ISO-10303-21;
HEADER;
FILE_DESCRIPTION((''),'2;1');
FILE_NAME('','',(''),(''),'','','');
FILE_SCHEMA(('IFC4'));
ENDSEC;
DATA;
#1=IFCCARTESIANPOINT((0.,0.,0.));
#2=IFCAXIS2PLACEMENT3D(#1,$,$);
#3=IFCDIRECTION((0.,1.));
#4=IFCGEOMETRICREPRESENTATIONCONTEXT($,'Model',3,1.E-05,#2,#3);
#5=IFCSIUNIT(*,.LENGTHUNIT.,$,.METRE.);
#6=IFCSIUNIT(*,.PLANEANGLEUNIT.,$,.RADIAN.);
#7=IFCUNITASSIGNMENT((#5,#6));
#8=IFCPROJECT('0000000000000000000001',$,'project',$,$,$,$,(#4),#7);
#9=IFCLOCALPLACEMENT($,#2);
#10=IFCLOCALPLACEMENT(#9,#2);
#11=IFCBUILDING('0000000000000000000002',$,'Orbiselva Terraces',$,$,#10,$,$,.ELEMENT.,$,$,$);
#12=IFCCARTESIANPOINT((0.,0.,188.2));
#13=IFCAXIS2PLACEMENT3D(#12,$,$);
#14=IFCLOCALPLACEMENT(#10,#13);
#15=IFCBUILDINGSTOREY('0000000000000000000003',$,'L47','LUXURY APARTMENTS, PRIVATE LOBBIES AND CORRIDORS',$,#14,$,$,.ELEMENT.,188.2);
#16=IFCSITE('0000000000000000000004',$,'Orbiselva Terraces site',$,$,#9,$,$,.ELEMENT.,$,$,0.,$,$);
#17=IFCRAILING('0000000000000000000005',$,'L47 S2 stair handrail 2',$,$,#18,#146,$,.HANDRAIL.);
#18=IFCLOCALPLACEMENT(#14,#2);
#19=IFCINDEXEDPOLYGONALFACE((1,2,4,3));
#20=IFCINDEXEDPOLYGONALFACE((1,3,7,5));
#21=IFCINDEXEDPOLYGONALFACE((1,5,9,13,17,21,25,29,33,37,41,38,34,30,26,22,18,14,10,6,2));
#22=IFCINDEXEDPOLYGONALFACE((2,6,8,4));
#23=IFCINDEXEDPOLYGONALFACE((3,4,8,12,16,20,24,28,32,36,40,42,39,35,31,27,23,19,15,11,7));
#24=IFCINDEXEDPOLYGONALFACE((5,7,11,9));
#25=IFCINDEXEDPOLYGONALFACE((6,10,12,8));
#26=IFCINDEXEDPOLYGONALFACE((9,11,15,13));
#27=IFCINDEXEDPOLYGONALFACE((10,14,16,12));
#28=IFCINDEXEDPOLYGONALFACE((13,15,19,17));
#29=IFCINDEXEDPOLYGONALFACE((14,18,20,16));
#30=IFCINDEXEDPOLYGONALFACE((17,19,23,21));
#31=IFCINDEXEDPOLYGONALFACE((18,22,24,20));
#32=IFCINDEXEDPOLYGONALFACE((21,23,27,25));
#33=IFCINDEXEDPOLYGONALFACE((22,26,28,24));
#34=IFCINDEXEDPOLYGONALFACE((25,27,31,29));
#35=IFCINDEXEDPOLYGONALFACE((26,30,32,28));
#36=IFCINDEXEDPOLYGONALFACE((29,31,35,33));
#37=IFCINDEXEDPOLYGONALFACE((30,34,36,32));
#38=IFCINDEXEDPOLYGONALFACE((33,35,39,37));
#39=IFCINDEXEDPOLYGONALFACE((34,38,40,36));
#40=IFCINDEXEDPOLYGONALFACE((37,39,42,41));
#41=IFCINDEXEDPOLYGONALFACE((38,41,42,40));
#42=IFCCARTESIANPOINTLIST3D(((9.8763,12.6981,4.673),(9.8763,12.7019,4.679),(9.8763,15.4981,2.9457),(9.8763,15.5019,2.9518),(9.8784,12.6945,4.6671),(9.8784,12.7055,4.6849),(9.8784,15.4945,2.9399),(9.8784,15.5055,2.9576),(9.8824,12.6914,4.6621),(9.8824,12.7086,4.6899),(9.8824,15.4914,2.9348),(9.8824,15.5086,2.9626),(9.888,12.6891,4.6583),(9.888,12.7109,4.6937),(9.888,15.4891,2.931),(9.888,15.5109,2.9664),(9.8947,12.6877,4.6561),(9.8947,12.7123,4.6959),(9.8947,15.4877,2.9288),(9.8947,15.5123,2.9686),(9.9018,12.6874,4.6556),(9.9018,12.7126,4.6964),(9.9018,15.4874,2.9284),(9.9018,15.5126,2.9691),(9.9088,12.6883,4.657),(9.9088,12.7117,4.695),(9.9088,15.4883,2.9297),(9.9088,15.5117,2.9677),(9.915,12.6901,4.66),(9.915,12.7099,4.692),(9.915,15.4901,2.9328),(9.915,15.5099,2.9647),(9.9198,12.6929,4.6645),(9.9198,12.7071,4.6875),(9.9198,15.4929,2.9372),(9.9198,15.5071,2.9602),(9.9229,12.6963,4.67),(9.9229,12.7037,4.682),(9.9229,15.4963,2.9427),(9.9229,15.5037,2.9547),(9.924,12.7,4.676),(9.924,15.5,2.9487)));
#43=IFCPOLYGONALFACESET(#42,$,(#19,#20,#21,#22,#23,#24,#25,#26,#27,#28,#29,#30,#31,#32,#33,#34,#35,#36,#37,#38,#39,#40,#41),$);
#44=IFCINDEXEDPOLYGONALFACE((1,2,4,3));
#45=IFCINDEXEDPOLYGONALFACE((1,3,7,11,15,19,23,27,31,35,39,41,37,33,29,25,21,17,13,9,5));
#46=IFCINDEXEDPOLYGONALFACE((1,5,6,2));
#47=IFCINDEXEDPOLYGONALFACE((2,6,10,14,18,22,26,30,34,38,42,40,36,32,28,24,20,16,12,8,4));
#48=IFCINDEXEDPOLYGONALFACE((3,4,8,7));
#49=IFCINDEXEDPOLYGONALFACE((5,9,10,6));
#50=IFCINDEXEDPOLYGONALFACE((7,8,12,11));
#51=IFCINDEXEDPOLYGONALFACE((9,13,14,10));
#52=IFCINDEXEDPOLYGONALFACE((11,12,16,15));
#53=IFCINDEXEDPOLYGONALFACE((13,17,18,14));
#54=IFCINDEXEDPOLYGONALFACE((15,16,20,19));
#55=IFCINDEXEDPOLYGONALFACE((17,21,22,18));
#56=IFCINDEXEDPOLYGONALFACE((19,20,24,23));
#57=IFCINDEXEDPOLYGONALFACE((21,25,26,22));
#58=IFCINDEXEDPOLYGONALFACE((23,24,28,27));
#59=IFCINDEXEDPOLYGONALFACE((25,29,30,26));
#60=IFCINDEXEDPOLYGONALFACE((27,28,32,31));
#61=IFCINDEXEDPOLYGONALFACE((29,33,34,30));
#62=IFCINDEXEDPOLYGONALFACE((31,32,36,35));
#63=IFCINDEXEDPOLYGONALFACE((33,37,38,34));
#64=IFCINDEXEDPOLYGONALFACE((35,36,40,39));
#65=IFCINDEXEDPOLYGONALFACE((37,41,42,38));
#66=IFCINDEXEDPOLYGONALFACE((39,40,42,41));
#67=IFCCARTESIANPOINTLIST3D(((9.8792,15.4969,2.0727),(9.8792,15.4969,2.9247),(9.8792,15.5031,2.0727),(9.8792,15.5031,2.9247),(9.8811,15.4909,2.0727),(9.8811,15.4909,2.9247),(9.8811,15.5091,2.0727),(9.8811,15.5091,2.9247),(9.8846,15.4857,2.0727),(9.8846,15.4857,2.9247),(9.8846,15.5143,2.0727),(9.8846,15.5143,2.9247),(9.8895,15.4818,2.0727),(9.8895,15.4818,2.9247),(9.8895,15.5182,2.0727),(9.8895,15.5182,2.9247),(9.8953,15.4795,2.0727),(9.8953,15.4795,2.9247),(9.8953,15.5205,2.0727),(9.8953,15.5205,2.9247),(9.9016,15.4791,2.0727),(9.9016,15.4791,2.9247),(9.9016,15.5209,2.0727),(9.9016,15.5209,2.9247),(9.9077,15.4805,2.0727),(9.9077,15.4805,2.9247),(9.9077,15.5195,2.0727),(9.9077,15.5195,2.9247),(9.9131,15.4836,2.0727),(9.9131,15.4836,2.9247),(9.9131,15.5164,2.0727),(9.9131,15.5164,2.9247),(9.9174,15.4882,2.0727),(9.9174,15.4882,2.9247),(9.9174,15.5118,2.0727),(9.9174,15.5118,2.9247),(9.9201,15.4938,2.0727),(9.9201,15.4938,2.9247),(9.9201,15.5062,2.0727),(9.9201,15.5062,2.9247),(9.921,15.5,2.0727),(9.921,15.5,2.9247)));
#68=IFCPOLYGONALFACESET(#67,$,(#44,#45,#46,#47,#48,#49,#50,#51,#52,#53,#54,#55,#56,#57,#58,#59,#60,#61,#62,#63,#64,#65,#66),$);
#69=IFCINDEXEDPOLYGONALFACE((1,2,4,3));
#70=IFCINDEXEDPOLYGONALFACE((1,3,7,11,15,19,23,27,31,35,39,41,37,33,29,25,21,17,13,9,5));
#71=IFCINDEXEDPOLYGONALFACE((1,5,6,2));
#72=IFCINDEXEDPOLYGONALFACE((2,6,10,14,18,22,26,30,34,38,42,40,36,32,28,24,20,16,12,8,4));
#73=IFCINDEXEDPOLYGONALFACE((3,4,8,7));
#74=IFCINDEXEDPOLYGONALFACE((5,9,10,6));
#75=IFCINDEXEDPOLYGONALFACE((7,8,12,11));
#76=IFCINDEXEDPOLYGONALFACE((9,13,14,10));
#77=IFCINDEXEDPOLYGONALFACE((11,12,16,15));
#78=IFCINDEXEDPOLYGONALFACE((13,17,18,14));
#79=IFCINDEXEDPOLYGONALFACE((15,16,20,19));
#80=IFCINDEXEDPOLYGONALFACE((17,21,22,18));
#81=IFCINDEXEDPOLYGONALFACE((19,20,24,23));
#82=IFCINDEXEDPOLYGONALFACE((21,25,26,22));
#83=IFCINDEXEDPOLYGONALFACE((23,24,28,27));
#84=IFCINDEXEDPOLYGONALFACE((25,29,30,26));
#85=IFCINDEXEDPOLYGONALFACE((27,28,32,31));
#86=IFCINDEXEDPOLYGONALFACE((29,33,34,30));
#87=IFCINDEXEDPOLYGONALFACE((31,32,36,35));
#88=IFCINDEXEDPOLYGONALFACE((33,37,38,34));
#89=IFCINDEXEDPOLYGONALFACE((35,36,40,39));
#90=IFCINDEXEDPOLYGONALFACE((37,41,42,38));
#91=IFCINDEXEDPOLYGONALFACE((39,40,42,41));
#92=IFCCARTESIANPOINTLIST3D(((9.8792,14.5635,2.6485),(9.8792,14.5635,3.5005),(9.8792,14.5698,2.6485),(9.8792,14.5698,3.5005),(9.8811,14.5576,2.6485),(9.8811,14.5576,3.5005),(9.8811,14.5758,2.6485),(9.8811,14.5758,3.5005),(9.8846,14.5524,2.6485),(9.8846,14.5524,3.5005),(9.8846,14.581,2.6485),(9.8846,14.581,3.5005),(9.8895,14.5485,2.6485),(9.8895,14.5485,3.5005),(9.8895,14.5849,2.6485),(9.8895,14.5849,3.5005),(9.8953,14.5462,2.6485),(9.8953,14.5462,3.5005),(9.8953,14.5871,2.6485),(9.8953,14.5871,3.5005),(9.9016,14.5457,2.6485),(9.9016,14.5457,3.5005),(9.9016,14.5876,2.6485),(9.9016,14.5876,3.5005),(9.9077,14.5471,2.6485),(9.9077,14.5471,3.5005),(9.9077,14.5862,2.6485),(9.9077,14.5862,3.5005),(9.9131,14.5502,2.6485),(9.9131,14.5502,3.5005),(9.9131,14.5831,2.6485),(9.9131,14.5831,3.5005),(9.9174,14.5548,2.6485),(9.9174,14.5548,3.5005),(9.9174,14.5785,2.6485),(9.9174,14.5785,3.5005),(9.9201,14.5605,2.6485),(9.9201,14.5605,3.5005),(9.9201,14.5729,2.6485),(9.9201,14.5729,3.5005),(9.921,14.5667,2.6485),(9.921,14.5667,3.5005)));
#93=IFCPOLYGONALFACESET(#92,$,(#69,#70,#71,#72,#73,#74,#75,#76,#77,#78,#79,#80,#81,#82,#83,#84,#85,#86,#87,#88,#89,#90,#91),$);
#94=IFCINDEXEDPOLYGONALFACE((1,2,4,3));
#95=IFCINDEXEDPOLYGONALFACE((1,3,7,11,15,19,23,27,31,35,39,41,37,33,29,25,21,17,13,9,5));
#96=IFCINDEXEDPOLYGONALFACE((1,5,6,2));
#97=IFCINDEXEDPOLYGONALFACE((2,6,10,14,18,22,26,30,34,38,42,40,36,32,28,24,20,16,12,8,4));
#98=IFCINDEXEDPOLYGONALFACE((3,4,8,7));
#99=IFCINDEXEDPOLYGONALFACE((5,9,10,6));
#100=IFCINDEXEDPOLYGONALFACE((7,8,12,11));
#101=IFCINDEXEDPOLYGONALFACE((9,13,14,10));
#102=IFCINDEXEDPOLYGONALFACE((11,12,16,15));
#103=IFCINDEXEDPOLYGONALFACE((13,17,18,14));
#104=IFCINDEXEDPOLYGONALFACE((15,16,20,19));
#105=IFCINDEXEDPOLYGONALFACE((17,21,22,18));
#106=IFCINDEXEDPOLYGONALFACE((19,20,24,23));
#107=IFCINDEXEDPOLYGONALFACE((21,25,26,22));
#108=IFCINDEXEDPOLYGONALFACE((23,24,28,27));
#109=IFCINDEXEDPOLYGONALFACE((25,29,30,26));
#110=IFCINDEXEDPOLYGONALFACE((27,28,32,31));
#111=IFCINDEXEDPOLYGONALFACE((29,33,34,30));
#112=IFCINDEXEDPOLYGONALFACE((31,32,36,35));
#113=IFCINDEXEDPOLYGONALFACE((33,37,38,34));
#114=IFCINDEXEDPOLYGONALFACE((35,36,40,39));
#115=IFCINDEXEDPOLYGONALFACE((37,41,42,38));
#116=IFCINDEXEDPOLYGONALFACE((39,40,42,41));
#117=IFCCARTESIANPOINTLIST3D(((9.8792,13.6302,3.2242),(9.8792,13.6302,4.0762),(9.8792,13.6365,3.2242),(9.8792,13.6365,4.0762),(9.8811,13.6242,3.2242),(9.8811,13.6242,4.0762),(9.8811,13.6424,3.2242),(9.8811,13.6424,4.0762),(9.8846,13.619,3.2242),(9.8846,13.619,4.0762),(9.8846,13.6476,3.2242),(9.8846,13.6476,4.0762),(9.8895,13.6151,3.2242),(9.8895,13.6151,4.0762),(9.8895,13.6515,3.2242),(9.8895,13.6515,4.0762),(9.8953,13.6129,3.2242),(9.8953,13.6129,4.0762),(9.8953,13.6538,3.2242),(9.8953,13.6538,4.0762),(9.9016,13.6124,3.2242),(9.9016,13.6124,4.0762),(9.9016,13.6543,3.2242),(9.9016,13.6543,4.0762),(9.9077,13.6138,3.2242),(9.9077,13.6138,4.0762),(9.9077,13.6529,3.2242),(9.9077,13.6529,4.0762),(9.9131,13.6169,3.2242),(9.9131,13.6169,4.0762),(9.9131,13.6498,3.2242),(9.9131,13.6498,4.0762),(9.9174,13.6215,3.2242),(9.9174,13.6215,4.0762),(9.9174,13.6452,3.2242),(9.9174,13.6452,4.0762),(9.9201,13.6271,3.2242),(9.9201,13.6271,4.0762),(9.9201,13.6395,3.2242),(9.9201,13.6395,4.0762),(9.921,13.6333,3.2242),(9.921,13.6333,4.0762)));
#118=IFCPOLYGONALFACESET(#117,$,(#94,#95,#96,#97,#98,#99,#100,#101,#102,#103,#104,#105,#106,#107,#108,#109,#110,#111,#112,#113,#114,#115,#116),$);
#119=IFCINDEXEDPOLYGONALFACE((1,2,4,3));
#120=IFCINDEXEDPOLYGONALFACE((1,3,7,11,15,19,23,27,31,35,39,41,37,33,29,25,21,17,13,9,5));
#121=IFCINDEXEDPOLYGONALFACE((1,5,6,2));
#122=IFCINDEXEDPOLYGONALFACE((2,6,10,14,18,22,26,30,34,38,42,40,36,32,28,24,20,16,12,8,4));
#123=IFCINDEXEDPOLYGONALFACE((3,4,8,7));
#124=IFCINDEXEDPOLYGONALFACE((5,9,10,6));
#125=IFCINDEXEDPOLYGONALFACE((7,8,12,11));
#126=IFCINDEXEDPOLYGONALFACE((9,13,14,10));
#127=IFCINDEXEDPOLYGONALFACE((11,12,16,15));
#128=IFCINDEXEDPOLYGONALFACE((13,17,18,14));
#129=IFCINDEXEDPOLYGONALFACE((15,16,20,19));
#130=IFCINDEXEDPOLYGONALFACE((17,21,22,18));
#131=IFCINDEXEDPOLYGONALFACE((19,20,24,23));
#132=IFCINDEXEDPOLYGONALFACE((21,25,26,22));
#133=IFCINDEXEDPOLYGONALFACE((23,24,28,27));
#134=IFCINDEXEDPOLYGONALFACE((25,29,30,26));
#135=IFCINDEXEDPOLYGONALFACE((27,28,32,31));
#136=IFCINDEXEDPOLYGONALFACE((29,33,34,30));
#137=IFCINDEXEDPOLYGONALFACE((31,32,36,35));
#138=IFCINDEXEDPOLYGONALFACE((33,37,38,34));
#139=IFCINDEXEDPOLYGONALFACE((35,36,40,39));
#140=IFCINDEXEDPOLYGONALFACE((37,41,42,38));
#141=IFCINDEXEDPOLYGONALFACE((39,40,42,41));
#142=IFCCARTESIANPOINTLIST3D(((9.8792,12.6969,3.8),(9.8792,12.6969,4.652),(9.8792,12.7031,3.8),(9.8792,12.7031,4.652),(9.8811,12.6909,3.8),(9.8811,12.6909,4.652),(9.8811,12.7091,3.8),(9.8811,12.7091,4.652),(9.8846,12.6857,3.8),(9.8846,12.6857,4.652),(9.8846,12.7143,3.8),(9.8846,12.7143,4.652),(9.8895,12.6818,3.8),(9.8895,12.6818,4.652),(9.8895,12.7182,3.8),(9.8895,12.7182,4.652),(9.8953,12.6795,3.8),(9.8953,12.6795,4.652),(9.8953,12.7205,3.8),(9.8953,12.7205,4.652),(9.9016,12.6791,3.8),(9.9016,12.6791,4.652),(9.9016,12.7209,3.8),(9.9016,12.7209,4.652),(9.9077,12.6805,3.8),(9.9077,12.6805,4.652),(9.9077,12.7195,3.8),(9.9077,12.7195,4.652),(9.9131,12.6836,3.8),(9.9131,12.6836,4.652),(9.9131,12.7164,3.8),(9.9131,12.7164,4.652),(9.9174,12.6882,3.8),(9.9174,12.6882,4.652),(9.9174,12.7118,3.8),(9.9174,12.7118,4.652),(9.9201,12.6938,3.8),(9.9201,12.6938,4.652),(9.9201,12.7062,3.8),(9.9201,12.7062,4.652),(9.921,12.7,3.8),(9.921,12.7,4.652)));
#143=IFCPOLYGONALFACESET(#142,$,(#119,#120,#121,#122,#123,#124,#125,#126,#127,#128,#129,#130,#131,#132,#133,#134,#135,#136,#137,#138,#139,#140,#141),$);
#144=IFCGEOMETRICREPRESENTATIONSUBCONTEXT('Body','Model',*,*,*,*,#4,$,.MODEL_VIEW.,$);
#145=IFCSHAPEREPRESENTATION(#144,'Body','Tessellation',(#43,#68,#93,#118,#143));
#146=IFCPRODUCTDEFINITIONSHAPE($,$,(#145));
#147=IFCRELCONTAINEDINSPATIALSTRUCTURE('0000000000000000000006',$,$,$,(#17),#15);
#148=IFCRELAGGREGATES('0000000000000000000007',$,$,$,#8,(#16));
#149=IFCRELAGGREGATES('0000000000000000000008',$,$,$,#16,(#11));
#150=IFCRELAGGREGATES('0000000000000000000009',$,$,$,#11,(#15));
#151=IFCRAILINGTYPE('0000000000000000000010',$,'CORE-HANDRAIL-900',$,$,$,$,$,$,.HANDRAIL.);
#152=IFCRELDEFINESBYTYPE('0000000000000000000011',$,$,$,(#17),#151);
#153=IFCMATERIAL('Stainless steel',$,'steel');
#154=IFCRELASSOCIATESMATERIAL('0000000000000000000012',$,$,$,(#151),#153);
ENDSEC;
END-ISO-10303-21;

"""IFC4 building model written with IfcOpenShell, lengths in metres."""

from ifc_helpers import new_model, si_unit, direction, frame, origin, origin_2d, place, context, subcontext, project, spatial, circle, extrude, material, type_object, element, save


model = new_model("IFC4")

# Units and contexts
model_context = context("Model", 3, precision=1e-05, world=origin(), true_north=direction((0.0, 1.0)))
body_context = subcontext(model_context, "Body", "Model", "MODEL_VIEW")
ifc_project = project(units=[si_unit("LENGTHUNIT", "METRE"), si_unit("PLANEANGLEUNIT", "RADIAN")], contexts=[model_context])

# Site, building, storey
site_placement = place(None, origin())
site = spatial("IfcSite", under=ifc_project, at=site_placement, Name="Orbiselva Terraces site", CompositionType="ELEMENT", RefElevation=0.0)
building_placement = place(site_placement, origin())
building = spatial("IfcBuilding", under=site, at=building_placement, Name="Orbiselva Terraces", CompositionType="ELEMENT")
storey_placement = place(building_placement, frame((0.0, 0.0, 188.2)))
storey = spatial("IfcBuildingStorey", under=building, at=storey_placement, Name="L47", Description="LUXURY APARTMENTS, PRIVATE LOBBIES AND CORRIDORS", CompositionType="ELEMENT", Elevation=188.2)

# Railing
ifc_material_1 = material(Name="Stainless steel", Category="steel")
railing_type = type_object("IfcRailingType", Name="CORE-HANDRAIL-900", PredefinedType="HANDRAIL", material=ifc_material_1)
railing_placement = place(storey_placement, frame((9.9, 15.5, 2.0727)))
element("IfcRailing", 1, at=railing_placement, inside=storey, type_object=railing_type, Name="L47 S2 stair handrail 2", PredefinedType="HANDRAIL", context=body_context, shape_type="SweptSolid", body=[
    extrude(circle(Radius=0.024, at=origin_2d()), frame((0.0, 0.0, 0.876), z_axis=(0.0, -0.851089, 0.525022), x_axis=(1.0, 0.0, 0.0)), (0.0, 0.0, 1.0), 3.2899),
    extrude(circle(Radius=0.021, at=origin_2d()), origin(), (0.0, 0.0, 1.0), 0.852),
    extrude(circle(Radius=0.021, at=origin_2d()), frame((0.0, -0.9333, 0.5758)), (0.0, 0.0, 1.0), 0.852),
    extrude(circle(Radius=0.021, at=origin_2d()), frame((0.0, -1.8667, 1.1515)), (0.0, 0.0, 1.0), 0.852),
    extrude(circle(Radius=0.021, at=origin_2d()), frame((0.0, -2.8, 1.7273)), (0.0, 0.0, 1.0), 0.852),
])

save(model, "model.ifc")
